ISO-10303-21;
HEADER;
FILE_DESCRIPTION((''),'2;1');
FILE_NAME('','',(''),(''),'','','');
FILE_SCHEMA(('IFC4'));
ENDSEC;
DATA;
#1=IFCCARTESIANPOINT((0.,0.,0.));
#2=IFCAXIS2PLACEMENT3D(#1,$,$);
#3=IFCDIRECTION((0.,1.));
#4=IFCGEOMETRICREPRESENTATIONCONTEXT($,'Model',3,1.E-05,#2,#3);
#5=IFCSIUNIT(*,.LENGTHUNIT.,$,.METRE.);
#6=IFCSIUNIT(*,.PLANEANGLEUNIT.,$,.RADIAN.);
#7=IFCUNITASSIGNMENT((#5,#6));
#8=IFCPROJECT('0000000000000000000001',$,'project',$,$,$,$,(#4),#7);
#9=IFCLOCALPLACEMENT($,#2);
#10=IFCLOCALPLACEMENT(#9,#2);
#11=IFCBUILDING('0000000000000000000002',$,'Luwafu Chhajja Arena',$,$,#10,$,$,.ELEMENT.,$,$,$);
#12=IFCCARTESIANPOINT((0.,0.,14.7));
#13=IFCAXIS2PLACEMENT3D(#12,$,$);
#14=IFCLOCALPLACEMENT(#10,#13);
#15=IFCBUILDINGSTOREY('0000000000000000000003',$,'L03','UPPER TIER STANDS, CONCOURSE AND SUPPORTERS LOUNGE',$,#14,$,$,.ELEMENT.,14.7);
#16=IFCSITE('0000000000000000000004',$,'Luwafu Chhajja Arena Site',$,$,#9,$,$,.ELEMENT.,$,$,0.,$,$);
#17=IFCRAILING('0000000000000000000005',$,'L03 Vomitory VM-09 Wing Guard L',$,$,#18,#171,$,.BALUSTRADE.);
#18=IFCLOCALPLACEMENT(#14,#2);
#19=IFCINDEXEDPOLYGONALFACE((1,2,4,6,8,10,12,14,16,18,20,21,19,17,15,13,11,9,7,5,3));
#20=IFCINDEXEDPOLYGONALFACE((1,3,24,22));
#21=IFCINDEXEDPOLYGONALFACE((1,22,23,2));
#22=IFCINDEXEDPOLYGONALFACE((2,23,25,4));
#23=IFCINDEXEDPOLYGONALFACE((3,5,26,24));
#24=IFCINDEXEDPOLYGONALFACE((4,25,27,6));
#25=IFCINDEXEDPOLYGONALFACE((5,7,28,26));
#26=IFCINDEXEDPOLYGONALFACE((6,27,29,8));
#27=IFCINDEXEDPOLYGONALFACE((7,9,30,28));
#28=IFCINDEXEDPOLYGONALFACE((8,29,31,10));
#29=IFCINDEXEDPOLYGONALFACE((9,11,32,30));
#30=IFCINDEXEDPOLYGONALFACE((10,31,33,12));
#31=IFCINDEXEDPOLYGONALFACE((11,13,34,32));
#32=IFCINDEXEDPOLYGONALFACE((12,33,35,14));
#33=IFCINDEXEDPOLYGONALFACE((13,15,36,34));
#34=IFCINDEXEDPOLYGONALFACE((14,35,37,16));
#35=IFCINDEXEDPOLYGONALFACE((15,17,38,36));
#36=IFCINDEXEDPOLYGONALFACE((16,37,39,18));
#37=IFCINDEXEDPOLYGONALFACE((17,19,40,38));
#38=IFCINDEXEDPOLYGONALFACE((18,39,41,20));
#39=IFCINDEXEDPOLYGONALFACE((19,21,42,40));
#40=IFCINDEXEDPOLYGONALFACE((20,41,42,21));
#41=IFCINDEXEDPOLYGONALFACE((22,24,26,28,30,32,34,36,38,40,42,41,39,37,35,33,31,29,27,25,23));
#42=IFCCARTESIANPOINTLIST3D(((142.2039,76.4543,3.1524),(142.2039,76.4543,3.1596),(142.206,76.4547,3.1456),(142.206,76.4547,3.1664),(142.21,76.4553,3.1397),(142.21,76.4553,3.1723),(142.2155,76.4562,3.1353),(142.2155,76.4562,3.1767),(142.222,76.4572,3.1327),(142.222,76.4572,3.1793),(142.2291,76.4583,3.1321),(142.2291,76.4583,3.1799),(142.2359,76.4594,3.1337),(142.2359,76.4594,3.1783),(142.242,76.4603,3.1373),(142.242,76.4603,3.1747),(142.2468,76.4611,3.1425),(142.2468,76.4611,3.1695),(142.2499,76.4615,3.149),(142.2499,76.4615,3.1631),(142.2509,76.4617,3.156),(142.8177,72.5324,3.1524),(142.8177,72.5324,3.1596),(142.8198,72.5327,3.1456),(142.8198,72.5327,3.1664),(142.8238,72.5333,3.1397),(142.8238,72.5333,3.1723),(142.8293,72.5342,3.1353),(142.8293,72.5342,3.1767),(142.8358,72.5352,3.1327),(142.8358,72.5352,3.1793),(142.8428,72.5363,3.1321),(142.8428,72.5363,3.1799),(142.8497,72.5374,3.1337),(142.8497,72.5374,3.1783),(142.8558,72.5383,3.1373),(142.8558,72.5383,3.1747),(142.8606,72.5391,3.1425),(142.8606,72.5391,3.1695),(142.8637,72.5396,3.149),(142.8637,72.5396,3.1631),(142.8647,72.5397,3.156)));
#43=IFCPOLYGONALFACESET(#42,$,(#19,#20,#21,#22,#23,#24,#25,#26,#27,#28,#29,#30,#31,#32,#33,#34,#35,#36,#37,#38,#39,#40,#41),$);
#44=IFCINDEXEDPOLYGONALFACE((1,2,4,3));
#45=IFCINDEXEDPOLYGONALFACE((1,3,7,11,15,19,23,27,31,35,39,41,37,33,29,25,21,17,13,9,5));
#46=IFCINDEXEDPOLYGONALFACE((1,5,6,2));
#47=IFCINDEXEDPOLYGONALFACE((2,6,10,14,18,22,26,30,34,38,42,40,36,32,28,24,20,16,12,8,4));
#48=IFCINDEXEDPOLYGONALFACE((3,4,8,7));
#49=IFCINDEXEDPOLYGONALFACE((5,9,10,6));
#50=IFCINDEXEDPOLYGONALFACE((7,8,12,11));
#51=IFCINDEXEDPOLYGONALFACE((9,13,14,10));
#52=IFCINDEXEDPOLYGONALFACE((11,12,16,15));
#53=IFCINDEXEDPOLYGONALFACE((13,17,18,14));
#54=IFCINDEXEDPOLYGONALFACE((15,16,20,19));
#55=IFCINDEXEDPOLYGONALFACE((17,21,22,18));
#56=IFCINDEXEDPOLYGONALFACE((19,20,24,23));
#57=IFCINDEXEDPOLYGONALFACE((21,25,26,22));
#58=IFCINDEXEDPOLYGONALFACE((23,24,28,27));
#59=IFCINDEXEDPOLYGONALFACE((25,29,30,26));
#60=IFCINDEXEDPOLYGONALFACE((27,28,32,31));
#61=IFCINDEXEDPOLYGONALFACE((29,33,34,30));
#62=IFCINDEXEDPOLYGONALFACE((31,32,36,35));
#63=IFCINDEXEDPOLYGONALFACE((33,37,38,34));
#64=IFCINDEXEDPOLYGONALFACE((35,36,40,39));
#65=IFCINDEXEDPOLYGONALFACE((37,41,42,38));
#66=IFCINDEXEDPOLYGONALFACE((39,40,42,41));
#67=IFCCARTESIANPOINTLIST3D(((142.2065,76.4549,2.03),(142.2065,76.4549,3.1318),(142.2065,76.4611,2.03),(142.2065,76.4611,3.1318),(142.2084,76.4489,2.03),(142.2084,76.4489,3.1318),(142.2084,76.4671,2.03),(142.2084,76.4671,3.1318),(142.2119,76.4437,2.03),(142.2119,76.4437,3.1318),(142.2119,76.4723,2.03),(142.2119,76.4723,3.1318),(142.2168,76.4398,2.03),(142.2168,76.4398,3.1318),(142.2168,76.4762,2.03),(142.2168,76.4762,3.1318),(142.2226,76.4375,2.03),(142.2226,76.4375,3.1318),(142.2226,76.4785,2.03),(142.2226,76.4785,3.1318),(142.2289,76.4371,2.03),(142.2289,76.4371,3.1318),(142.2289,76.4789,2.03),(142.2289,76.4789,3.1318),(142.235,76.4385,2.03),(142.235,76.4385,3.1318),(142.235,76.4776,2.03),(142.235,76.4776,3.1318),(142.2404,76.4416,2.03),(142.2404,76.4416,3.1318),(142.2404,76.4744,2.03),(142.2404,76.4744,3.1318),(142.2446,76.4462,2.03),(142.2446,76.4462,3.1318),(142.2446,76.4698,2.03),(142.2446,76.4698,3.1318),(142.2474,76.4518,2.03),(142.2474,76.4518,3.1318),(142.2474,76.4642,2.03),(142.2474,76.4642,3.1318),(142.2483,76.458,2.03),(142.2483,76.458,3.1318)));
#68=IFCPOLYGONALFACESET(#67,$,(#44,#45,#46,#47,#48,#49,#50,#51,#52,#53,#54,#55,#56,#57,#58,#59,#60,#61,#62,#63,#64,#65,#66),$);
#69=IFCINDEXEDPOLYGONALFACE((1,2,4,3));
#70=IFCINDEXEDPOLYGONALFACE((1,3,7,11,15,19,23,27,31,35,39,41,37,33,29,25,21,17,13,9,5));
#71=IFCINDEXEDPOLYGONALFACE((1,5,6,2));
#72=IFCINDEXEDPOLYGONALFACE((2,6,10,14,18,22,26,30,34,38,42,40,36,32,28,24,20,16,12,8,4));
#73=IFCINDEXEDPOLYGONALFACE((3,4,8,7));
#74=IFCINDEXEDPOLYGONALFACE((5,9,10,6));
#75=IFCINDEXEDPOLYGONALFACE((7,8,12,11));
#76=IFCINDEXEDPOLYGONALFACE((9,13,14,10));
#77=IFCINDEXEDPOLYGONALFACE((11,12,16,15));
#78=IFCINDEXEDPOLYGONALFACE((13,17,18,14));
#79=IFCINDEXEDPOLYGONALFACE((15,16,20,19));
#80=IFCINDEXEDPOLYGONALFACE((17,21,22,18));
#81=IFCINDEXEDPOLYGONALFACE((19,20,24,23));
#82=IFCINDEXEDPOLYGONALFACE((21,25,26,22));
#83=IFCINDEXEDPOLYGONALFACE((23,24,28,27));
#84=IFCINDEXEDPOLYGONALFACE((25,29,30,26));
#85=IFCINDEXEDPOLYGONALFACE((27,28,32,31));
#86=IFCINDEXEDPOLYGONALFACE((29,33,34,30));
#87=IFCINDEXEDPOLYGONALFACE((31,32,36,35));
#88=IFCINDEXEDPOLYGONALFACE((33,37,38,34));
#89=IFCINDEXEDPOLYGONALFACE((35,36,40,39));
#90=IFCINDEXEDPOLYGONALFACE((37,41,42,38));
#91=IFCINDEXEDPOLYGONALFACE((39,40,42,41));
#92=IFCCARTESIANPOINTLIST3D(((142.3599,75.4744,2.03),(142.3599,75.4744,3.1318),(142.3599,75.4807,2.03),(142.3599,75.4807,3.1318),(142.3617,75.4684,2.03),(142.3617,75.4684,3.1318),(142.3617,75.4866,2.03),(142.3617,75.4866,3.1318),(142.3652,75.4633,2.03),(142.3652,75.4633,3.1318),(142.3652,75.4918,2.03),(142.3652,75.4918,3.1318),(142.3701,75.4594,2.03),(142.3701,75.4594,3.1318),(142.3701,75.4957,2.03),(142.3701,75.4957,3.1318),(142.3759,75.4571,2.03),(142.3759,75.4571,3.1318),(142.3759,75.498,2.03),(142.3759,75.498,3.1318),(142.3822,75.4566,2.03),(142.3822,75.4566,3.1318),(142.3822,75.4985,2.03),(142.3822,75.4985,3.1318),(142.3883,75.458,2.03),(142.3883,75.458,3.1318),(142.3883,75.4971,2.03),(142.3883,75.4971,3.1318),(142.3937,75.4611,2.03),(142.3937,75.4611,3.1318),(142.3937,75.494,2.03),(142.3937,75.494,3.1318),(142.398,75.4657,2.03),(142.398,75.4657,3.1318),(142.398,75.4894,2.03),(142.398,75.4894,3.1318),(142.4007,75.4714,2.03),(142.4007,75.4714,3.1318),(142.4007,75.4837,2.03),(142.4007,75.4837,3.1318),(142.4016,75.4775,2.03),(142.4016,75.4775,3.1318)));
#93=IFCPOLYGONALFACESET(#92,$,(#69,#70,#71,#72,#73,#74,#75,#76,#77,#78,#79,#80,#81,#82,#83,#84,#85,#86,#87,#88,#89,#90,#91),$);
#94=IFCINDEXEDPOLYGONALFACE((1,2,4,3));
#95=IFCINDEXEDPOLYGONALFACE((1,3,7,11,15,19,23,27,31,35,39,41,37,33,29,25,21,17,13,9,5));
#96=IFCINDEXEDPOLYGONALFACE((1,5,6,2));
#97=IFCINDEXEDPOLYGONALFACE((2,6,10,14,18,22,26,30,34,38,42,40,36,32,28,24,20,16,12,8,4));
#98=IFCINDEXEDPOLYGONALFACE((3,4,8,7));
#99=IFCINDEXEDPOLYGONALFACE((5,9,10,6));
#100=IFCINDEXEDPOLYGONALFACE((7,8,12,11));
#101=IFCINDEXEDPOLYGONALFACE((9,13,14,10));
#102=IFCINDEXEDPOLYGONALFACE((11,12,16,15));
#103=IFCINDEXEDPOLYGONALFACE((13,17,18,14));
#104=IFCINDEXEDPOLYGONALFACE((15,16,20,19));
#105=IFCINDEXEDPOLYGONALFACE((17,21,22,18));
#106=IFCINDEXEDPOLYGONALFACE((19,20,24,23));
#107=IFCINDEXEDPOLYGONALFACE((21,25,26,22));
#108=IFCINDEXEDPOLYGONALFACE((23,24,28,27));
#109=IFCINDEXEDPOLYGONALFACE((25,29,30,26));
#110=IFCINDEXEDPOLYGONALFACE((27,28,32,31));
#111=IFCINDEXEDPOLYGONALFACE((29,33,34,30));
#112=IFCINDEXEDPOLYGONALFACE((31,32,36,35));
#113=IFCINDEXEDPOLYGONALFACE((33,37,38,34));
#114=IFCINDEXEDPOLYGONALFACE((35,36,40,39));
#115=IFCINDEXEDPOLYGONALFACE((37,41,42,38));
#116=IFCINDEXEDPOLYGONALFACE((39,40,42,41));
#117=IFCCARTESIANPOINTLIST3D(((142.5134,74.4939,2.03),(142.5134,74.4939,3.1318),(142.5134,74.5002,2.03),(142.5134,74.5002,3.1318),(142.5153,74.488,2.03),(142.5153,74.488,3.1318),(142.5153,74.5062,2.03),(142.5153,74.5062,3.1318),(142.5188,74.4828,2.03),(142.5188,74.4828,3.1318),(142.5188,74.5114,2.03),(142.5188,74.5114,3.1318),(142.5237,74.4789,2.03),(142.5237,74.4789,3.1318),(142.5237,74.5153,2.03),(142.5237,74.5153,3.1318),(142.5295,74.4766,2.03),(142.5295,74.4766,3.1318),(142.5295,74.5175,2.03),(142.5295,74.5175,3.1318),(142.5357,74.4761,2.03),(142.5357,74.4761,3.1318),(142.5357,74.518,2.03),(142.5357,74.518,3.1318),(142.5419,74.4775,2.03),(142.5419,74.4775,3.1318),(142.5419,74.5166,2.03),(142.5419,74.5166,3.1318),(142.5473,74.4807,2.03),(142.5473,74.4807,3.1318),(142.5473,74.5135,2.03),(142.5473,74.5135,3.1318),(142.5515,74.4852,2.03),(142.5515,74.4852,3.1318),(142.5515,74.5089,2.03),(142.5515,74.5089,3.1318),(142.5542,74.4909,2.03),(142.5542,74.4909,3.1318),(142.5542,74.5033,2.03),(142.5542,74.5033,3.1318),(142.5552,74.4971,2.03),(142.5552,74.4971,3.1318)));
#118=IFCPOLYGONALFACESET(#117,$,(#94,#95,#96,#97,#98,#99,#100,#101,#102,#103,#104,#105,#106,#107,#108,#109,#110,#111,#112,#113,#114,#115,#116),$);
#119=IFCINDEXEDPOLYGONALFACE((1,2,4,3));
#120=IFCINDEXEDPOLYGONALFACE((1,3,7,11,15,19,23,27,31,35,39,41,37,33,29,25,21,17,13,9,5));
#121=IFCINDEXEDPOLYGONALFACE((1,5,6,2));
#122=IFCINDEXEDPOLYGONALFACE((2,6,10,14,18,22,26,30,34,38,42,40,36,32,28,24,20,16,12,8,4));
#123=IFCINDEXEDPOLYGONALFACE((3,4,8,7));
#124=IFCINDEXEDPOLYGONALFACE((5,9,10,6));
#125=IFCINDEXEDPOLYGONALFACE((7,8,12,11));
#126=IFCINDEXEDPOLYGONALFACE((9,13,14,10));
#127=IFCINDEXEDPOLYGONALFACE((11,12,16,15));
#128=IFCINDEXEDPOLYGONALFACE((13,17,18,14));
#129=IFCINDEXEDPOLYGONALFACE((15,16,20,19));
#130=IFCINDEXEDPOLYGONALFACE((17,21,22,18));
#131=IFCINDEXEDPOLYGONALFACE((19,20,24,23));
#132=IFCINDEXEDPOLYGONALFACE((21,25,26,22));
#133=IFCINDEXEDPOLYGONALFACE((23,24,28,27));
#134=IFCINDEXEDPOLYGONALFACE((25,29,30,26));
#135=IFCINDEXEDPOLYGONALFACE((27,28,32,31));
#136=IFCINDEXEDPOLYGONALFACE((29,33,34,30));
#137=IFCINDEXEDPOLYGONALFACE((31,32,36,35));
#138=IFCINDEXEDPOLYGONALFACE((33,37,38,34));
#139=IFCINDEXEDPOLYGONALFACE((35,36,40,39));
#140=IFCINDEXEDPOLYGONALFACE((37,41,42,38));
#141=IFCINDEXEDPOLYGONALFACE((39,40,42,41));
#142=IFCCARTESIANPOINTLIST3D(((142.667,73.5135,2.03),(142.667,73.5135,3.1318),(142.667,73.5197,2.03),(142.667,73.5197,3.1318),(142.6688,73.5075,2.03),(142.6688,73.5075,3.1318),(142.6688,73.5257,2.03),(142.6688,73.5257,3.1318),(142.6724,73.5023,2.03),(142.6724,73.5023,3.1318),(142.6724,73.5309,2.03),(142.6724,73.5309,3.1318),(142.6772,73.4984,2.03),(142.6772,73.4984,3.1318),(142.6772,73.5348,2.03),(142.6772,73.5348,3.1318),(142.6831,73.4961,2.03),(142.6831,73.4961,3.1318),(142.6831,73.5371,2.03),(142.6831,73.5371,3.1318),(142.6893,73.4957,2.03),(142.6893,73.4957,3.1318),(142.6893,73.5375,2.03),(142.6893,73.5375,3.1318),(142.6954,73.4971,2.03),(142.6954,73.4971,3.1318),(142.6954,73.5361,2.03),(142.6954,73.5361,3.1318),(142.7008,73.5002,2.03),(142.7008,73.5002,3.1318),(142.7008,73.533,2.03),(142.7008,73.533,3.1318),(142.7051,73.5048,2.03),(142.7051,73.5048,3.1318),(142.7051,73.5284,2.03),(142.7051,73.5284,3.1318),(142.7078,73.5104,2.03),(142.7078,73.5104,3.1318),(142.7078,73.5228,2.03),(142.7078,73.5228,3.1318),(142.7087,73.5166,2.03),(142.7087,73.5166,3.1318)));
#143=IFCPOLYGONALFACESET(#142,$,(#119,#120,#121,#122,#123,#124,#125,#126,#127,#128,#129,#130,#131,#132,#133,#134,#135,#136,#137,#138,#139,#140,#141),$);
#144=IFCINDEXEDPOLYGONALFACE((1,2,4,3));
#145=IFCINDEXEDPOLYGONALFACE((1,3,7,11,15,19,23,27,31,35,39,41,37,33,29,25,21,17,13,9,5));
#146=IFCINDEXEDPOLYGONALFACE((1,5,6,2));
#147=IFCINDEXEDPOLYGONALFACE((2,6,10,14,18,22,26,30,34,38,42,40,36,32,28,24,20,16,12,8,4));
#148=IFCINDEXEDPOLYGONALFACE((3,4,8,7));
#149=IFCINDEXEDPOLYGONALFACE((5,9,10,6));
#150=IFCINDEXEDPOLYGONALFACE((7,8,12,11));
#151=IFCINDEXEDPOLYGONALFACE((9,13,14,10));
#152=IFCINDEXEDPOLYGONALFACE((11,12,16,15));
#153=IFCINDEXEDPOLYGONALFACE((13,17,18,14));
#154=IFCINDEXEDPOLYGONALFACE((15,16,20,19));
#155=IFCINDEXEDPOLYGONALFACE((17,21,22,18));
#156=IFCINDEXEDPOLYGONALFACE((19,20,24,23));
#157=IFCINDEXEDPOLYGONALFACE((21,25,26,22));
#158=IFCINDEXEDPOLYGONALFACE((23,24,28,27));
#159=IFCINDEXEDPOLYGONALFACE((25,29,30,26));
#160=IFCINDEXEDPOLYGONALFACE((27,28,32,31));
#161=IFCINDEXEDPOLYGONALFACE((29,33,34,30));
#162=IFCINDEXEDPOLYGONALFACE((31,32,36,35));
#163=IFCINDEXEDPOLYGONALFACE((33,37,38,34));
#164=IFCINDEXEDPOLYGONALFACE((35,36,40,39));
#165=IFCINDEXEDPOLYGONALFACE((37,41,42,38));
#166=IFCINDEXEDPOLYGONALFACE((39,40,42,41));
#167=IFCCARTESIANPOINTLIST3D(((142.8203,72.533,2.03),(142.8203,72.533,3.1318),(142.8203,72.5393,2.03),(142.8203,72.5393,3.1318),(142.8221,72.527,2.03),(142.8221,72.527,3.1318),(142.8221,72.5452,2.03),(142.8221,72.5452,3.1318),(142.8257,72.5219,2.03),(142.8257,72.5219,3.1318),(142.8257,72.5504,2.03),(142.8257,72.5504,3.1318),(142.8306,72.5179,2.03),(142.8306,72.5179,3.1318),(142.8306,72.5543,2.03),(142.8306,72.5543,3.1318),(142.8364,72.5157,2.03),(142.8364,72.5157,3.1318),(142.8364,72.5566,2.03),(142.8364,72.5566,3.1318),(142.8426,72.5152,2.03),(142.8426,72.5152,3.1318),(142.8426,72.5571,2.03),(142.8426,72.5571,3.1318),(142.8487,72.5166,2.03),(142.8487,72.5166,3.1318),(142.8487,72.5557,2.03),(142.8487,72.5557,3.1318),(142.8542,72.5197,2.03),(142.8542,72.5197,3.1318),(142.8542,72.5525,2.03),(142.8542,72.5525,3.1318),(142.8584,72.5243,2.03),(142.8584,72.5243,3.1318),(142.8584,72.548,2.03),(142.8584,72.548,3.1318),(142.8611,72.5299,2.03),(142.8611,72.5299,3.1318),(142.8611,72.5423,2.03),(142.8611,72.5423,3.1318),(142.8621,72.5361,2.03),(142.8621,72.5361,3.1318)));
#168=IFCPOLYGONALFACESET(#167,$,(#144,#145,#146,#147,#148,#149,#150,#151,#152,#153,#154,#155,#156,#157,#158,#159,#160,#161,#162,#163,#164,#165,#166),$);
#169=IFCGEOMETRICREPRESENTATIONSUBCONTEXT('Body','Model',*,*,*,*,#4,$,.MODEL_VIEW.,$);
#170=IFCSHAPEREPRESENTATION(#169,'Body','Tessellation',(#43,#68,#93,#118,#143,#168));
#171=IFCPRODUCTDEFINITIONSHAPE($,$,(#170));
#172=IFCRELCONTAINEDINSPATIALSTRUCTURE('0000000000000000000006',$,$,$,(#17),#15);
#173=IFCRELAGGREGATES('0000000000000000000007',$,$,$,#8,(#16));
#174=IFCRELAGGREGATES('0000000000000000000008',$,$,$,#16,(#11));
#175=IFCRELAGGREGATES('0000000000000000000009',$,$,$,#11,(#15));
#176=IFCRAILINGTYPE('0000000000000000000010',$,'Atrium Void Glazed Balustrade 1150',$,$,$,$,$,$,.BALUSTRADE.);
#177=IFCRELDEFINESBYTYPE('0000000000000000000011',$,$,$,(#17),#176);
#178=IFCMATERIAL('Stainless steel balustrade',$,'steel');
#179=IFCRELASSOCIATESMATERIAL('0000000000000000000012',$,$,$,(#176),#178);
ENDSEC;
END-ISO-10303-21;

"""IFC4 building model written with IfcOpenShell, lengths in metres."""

from ifc_helpers import new_model, si_unit, direction, frame, origin, origin_2d, place, context, subcontext, project, spatial, circle, extrude, material, type_object, element, save


model = new_model("IFC4")

# Units and contexts
model_context = context("Model", 3, precision=1e-05, world=origin(), true_north=direction((0.0, 1.0)))
body_context = subcontext(model_context, "Body", "Model", "MODEL_VIEW")
ifc_project = project(units=[si_unit("LENGTHUNIT", "METRE"), si_unit("PLANEANGLEUNIT", "RADIAN")], contexts=[model_context])

# Site, building, storey
site_placement = place(None, origin())
site = spatial("IfcSite", under=ifc_project, at=site_placement, Name="Luwafu Chhajja Arena Site", CompositionType="ELEMENT", RefElevation=0.0)
building_placement = place(site_placement, origin())
building = spatial("IfcBuilding", under=site, at=building_placement, Name="Luwafu Chhajja Arena", CompositionType="ELEMENT")
storey_placement = place(building_placement, frame((0.0, 0.0, 14.7)))
storey = spatial("IfcBuildingStorey", under=building, at=storey_placement, Name="L03", Description="UPPER TIER STANDS, CONCOURSE AND SUPPORTERS LOUNGE", CompositionType="ELEMENT", Elevation=14.7)

# Railing
ifc_material_1 = material(Name="Stainless steel balustrade", Category="steel")
railing_type_1 = type_object("IfcRailingType", Name="Atrium Void Glazed Balustrade 1150", PredefinedType="BALUSTRADE", material=ifc_material_1)
for number, where, name in (
    (1, (142.2273, 76.458, 2.03), "L03 Vomitory VM-09 Wing Guard L"),
):
    element("IfcRailing", number, at=place(storey_placement, frame(where)), inside=storey, type_object=railing_type_1, Name=name, PredefinedType="BALUSTRADE", context=body_context, shape_type="SweptSolid", body=[
        extrude(circle(Radius=0.0239, at=origin_2d()), frame((0.0, 0.0, 1.126), z_axis=(0.154617, -0.987974, 0.0), x_axis=(0.987974, 0.154617, 0.0)), (0.0, 0.0, 1.0), 3.9697),
        extrude(circle(Radius=0.021, at=origin_2d()), origin(), (0.0, 0.0, 1.0), 1.1018),
        extrude(circle(Radius=0.021, at=origin_2d()), frame((0.1533, -0.9805, 0.0)), (0.0, 0.0, 1.0), 1.1018),
        extrude(circle(Radius=0.021, at=origin_2d()), frame((0.3069, -1.9609, 0.0)), (0.0, 0.0, 1.0), 1.1018),
        extrude(circle(Radius=0.021, at=origin_2d()), frame((0.4604, -2.9414, 0.0)), (0.0, 0.0, 1.0), 1.1018),
        extrude(circle(Radius=0.021, at=origin_2d()), frame((0.6138, -3.9219, 0.0)), (0.0, 0.0, 1.0), 1.1018),
    ])

save(model, "model.ifc")
